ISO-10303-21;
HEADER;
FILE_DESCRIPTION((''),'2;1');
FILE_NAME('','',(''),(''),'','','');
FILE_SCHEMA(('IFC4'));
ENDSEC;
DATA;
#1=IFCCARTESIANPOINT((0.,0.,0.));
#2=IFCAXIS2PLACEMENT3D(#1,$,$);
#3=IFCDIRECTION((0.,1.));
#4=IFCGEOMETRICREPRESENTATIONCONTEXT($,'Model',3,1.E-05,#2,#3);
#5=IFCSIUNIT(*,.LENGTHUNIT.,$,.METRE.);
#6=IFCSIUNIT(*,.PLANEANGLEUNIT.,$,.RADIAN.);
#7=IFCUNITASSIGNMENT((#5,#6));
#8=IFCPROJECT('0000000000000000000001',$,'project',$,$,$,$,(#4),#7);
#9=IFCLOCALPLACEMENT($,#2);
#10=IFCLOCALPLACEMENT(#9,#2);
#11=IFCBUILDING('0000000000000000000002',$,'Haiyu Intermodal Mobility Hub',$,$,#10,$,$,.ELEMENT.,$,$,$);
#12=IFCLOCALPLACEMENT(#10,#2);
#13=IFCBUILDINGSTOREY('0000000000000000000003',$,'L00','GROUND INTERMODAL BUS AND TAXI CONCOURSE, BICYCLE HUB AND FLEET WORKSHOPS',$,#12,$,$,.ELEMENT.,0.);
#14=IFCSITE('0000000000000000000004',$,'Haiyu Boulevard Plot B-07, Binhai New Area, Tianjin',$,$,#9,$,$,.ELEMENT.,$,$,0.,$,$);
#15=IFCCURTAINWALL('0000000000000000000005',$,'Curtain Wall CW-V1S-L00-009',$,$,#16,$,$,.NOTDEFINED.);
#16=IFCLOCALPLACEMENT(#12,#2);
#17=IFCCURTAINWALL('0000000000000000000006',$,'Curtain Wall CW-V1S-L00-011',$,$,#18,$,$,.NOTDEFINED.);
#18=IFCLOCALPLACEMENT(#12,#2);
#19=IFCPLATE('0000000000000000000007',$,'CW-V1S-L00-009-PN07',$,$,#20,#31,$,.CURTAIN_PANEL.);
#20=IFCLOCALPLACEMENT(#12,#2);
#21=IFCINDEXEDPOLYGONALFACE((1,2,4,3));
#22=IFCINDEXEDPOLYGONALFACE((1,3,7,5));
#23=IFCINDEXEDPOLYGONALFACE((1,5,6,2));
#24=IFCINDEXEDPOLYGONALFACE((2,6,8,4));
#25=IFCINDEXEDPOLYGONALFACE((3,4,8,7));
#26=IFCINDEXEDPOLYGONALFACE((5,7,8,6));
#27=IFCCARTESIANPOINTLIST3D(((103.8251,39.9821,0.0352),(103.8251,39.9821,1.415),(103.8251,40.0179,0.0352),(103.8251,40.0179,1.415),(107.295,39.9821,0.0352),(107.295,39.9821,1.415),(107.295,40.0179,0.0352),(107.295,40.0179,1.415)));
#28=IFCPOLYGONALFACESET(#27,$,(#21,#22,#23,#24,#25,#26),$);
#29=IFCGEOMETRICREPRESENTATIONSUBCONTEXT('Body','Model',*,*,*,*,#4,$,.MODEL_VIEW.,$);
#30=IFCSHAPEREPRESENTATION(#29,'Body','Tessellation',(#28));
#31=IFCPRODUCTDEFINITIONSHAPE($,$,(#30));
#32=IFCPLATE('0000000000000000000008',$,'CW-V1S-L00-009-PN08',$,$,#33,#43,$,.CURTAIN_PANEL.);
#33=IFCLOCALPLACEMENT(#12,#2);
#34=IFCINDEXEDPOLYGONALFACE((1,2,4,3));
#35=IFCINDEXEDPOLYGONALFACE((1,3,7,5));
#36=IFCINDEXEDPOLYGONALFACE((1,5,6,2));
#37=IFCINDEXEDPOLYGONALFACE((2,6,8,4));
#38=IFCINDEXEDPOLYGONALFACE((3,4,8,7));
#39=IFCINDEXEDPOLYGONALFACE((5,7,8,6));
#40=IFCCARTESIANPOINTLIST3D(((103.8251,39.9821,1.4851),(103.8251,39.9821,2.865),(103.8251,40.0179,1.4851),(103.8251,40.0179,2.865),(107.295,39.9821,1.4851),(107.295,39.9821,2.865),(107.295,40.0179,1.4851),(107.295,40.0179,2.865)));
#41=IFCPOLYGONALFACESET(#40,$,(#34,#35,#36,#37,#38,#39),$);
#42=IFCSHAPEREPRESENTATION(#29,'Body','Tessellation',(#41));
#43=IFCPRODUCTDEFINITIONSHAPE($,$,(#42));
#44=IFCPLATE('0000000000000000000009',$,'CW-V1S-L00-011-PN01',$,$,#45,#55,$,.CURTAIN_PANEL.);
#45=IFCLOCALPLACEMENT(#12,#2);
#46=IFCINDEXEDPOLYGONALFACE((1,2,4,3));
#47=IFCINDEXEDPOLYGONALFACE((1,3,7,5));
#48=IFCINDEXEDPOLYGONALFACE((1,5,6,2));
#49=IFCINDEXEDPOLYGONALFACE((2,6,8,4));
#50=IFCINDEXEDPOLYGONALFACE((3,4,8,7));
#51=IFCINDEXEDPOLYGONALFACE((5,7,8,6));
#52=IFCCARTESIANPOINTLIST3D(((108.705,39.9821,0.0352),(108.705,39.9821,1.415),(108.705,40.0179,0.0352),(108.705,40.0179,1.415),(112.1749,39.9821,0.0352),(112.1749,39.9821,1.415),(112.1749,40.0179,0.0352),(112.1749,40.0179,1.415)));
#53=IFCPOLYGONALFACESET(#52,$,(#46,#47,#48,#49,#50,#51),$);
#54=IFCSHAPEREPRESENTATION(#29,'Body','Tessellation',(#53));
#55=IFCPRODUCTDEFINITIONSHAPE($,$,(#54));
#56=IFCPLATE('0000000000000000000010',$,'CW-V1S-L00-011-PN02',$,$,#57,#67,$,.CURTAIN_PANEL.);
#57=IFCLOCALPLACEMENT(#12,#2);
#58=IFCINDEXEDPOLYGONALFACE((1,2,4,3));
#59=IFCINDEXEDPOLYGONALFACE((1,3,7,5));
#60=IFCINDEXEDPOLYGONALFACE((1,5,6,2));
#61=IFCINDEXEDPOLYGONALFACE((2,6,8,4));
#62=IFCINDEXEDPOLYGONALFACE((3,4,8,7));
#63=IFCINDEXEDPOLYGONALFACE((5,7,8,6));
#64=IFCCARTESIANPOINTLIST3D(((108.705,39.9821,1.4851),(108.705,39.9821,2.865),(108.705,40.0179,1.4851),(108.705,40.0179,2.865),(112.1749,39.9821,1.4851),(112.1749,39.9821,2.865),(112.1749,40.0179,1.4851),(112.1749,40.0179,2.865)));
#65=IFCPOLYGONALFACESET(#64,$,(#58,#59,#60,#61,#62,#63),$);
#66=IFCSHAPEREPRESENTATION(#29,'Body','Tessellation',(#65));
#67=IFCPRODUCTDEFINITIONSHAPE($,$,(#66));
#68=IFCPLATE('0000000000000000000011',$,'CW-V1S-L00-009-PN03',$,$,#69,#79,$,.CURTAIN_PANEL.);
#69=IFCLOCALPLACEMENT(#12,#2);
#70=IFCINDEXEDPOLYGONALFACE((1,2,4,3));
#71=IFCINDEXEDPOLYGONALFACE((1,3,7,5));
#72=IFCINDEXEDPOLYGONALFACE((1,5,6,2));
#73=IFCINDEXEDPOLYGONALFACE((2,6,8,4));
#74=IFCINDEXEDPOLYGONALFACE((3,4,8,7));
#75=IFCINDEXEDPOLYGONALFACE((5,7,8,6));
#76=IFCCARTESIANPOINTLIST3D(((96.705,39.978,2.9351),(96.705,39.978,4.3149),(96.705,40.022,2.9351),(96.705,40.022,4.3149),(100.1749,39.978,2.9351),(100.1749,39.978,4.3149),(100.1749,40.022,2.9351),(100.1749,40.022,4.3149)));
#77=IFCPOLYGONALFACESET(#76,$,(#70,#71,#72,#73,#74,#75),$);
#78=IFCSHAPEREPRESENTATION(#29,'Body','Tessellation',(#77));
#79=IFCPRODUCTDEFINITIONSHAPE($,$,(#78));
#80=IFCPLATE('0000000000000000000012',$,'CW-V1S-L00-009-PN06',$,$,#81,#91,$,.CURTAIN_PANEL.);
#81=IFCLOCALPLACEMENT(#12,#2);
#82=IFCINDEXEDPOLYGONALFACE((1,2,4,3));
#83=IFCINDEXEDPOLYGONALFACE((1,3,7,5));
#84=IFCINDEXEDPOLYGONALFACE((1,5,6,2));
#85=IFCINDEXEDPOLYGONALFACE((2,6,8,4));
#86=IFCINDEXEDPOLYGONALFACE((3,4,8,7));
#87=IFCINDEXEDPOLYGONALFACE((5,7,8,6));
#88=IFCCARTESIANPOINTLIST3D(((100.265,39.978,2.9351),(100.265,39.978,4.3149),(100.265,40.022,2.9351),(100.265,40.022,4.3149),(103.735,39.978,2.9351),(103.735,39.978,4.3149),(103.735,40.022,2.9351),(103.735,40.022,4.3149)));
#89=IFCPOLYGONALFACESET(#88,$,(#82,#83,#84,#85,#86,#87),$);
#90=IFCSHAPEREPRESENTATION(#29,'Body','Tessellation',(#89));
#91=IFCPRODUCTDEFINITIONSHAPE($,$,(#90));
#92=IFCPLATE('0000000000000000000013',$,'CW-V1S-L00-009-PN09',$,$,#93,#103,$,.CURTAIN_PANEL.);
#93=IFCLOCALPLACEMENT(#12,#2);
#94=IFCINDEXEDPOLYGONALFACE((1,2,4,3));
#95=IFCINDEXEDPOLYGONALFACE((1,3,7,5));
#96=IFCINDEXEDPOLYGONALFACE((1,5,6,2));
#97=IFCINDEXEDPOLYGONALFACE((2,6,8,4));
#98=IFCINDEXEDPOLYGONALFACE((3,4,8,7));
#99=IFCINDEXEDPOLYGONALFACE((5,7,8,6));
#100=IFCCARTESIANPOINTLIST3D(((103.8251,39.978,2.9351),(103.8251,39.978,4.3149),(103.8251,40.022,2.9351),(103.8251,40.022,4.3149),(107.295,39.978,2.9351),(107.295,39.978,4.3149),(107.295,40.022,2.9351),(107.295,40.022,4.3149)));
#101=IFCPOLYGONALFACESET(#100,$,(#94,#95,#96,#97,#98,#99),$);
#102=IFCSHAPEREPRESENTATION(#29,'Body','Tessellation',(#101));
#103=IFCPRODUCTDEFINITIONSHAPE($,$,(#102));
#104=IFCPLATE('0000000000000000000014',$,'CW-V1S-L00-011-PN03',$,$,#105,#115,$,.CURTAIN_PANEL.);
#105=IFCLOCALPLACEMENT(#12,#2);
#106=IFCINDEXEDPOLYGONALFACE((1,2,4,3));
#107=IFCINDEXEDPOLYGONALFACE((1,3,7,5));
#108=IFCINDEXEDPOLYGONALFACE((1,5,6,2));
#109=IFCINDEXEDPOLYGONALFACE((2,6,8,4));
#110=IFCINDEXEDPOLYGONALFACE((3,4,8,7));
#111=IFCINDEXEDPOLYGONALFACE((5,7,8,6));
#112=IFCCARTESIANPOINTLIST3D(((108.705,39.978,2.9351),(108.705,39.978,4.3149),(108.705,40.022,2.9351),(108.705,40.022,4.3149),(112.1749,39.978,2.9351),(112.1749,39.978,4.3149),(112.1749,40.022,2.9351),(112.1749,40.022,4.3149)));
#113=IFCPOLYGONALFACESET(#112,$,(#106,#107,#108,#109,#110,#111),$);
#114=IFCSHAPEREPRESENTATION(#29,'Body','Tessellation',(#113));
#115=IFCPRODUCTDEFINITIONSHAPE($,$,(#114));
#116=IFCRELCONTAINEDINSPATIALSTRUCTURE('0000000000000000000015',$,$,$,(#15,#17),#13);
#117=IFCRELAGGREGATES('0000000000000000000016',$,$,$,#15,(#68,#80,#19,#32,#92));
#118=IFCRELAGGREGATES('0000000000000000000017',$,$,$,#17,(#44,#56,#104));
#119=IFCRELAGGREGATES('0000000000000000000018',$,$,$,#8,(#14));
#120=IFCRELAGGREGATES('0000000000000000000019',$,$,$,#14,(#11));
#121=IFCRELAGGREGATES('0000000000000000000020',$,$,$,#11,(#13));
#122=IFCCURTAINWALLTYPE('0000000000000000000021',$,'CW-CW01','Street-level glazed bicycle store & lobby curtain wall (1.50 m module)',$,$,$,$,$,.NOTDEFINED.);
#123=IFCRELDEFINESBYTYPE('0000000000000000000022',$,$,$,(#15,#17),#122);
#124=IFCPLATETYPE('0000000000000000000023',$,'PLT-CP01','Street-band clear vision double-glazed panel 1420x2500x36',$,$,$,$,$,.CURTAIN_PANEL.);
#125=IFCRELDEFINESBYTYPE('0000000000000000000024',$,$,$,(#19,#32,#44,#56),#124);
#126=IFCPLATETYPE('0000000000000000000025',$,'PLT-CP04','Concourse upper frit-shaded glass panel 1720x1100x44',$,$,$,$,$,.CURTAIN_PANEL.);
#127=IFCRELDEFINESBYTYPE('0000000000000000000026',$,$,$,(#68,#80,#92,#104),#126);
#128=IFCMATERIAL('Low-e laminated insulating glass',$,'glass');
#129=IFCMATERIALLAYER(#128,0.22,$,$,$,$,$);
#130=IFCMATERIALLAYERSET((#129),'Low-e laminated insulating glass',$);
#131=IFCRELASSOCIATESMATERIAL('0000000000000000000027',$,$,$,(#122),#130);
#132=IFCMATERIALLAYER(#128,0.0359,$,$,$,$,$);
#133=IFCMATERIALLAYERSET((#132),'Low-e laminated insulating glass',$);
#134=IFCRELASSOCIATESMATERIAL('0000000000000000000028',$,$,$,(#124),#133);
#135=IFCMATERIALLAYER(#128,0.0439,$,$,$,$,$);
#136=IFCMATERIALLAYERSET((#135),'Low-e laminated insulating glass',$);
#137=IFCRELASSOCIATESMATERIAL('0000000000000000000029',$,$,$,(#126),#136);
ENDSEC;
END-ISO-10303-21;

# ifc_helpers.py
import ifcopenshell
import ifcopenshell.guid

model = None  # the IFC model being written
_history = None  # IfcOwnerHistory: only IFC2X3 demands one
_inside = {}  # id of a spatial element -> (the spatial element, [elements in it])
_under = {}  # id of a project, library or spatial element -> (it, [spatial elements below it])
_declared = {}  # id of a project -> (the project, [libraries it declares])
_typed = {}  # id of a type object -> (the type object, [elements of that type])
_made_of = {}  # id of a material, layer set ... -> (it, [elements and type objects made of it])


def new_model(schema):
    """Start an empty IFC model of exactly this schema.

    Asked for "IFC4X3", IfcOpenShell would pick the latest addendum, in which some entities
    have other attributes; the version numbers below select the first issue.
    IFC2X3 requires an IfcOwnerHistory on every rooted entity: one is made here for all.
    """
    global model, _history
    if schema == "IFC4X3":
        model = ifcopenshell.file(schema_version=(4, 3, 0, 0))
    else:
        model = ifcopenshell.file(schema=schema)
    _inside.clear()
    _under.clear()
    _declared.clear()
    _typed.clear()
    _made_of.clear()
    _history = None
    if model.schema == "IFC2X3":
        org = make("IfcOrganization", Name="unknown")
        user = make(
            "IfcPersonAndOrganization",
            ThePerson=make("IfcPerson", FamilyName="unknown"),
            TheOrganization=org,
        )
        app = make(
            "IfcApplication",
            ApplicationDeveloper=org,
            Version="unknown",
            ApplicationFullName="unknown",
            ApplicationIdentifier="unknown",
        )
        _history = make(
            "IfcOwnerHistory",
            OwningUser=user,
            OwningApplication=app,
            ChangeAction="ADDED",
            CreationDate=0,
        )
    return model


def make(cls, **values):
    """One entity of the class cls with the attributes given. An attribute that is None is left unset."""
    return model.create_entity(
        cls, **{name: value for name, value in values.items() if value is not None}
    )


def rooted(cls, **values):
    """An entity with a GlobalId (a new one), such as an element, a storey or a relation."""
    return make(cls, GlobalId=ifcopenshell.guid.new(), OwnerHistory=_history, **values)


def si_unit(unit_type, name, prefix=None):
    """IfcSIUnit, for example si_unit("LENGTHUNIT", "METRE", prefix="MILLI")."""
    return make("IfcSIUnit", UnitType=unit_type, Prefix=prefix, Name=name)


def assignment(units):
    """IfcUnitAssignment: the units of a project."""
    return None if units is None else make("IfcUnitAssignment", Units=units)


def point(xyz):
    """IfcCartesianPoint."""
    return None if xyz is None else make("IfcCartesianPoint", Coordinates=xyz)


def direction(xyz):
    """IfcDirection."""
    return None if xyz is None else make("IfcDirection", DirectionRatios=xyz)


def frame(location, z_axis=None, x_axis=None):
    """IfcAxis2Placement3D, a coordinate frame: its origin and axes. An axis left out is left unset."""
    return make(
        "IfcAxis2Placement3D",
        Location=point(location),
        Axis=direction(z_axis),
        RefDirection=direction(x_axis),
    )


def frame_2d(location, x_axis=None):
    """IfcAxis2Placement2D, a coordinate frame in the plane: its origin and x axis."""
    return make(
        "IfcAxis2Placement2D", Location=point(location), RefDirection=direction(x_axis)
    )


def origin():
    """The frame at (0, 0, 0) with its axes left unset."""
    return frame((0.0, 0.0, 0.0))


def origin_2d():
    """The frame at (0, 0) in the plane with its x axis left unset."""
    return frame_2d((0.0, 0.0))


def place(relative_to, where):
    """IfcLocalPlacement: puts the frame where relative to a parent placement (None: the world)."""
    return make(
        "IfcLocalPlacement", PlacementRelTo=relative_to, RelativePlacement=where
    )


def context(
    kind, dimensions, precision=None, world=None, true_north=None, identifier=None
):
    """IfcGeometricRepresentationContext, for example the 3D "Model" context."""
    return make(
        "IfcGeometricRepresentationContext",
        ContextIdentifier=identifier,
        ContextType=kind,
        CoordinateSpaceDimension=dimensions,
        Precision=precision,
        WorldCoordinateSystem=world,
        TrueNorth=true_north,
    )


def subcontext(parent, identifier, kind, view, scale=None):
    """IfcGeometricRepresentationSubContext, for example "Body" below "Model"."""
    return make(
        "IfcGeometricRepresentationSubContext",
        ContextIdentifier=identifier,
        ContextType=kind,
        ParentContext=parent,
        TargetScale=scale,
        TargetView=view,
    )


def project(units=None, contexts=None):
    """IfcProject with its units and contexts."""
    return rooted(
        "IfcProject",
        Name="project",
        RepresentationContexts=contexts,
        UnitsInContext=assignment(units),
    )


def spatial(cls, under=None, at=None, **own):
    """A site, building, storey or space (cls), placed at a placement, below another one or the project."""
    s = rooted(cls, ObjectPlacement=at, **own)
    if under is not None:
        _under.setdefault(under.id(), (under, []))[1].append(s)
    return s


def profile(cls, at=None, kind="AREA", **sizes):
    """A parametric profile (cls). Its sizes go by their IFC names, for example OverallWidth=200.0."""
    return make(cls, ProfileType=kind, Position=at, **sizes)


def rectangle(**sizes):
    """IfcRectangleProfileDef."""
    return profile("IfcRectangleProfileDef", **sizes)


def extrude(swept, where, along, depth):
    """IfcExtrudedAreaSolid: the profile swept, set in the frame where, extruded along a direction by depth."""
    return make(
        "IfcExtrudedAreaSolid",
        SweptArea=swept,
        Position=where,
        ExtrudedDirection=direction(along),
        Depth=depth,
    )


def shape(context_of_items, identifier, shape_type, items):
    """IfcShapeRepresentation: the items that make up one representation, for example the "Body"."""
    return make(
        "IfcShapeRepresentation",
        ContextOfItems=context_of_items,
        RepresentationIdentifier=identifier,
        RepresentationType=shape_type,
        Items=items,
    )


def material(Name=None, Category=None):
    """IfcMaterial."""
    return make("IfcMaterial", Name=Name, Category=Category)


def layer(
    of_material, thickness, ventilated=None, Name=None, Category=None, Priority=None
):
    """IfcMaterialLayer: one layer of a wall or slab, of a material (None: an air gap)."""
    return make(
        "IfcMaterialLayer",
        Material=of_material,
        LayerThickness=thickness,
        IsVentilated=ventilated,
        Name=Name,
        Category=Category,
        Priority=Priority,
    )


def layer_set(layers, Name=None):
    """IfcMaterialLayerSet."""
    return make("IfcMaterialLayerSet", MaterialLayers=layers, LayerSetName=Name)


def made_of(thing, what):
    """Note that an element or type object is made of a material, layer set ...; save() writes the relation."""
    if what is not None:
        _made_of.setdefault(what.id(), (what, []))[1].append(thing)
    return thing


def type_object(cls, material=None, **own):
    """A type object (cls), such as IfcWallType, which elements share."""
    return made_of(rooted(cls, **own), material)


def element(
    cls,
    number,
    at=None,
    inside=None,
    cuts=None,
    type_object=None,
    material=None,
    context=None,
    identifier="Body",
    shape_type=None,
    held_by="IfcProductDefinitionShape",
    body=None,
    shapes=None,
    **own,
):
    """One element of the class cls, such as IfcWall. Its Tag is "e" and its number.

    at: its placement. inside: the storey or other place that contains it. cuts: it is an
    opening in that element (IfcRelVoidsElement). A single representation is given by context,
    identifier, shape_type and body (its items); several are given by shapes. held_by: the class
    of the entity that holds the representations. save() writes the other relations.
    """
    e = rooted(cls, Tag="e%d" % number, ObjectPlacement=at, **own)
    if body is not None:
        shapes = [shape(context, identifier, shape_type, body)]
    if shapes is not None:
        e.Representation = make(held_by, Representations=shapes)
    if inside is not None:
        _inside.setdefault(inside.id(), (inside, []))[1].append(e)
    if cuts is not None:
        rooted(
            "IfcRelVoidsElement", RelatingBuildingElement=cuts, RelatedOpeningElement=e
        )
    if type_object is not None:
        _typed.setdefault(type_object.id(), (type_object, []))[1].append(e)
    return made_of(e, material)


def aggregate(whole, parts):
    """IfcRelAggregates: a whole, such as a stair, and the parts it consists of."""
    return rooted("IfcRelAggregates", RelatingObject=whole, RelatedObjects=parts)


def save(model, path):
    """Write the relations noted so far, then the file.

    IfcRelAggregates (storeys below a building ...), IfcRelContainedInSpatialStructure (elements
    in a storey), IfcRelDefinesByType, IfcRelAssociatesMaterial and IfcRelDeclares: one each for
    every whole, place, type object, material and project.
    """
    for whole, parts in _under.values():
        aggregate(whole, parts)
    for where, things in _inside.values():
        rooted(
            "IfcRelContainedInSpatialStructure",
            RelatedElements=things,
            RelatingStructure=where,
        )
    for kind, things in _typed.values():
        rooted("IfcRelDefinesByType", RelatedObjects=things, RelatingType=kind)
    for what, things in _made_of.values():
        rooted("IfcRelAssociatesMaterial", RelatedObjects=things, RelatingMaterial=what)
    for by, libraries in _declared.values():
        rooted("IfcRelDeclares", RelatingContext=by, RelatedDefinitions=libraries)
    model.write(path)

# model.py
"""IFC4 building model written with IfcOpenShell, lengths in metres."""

from ifc_helpers import new_model, si_unit, direction, frame, origin, origin_2d, place, context, subcontext, project, spatial, rectangle, extrude, material, layer, layer_set, type_object, element, aggregate, save


model = new_model("IFC4")

# Units and contexts
model_context = context("Model", 3, precision=1e-05, world=origin(), true_north=direction((0.0, 1.0)))
body_context = subcontext(model_context, "Body", "Model", "MODEL_VIEW")
ifc_project = project(units=[si_unit("LENGTHUNIT", "METRE"), si_unit("PLANEANGLEUNIT", "RADIAN")], contexts=[model_context])

# Site, building, storey
site_placement = place(None, origin())
site = spatial("IfcSite", under=ifc_project, at=site_placement, Name="Haiyu Boulevard Plot B-07, Binhai New Area, Tianjin", CompositionType="ELEMENT", RefElevation=0.0)
building_placement = place(site_placement, origin())
building = spatial("IfcBuilding", under=site, at=building_placement, Name="Haiyu Intermodal Mobility Hub", CompositionType="ELEMENT")
storey_placement = place(building_placement, origin())
storey = spatial("IfcBuildingStorey", under=building, at=storey_placement, Name="L00", Description="GROUND INTERMODAL BUS AND TAXI CONCOURSE, BICYCLE HUB AND FLEET WORKSHOPS", CompositionType="ELEMENT", Elevation=0.0)

# Curtain walls
ifc_material_1 = material(Name="Low-e laminated insulating glass", Category="glass")
ifc_layer_1 = layer(ifc_material_1, 0.22)
ifc_layer_set_1 = layer_set([ifc_layer_1], Name="Low-e laminated insulating glass")
curtain_wall_type = type_object("IfcCurtainWallType", Name="CW-CW01", Description="Street-level glazed bicycle store & lobby curtain wall (1.50 m module)", PredefinedType="NOTDEFINED", material=ifc_layer_set_1)
curtain_wall_1_placement = place(storey_placement, origin())
curtain_wall_1 = element("IfcCurtainWall", 1, at=curtain_wall_1_placement, inside=storey, type_object=curtain_wall_type, Name="Curtain Wall CW-V1S-L00-009", PredefinedType="NOTDEFINED")
curtain_wall_2_placement = place(storey_placement, origin())
curtain_wall_2 = element("IfcCurtainWall", 2, at=curtain_wall_2_placement, inside=storey, type_object=curtain_wall_type, Name="Curtain Wall CW-V1S-L00-011", PredefinedType="NOTDEFINED")

# Plates
ifc_layer_2 = layer(ifc_material_1, 0.0359)
ifc_layer_set_2 = layer_set([ifc_layer_2], Name="Low-e laminated insulating glass")
plate_type_1 = type_object("IfcPlateType", Name="PLT-CP01", Description="Street-band clear vision double-glazed panel 1420x2500x36", PredefinedType="CURTAIN_PANEL", material=ifc_layer_set_2)
plate_1_placement = place(storey_placement, frame((105.5601, 40.0, 0.0352), z_axis=(0.0, 0.0, 1.0), x_axis=(1.0, 0.0, 0.0)))
plate_1 = element("IfcPlate", 3, at=plate_1_placement, type_object=plate_type_1, Name="CW-V1S-L00-009-PN07", PredefinedType="CURTAIN_PANEL", context=body_context, shape_type="SweptSolid", body=[
    extrude(rectangle(XDim=3.47, YDim=0.0359, at=origin_2d()), origin(), (0.0, 0.0, 1.0), 1.3799),
])
plate_2_placement = place(storey_placement, frame((105.5601, 40.0, 1.4851), z_axis=(0.0, 0.0, 1.0), x_axis=(1.0, 0.0, 0.0)))
plate_2 = element("IfcPlate", 4, at=plate_2_placement, type_object=plate_type_1, Name="CW-V1S-L00-009-PN08", PredefinedType="CURTAIN_PANEL", context=body_context, shape_type="SweptSolid", body=[
    extrude(rectangle(XDim=3.47, YDim=0.0359, at=origin_2d()), origin(), (0.0, 0.0, 1.0), 1.3799),
])
plate_3_placement = place(storey_placement, frame((110.4399, 40.0, 0.0352), z_axis=(0.0, 0.0, 1.0), x_axis=(1.0, 0.0, 0.0)))
plate_3 = element("IfcPlate", 5, at=plate_3_placement, type_object=plate_type_1, Name="CW-V1S-L00-011-PN01", PredefinedType="CURTAIN_PANEL", context=body_context, shape_type="SweptSolid", body=[
    extrude(rectangle(XDim=3.47, YDim=0.0359, at=origin_2d()), origin(), (0.0, 0.0, 1.0), 1.3799),
])
plate_4_placement = place(storey_placement, frame((110.4399, 40.0, 1.4851), z_axis=(0.0, 0.0, 1.0), x_axis=(1.0, 0.0, 0.0)))
plate_4 = element("IfcPlate", 6, at=plate_4_placement, type_object=plate_type_1, Name="CW-V1S-L00-011-PN02", PredefinedType="CURTAIN_PANEL", context=body_context, shape_type="SweptSolid", body=[
    extrude(rectangle(XDim=3.47, YDim=0.0359, at=origin_2d()), origin(), (0.0, 0.0, 1.0), 1.3799),
])
ifc_layer_3 = layer(ifc_material_1, 0.0439)
ifc_layer_set_3 = layer_set([ifc_layer_3], Name="Low-e laminated insulating glass")
plate_type_2 = type_object("IfcPlateType", Name="PLT-CP04", Description="Concourse upper frit-shaded glass panel 1720x1100x44", PredefinedType="CURTAIN_PANEL", material=ifc_layer_set_3)
plate_5_placement = place(storey_placement, frame((98.4399, 40.0, 2.9351), z_axis=(0.0, 0.0, 1.0), x_axis=(1.0, 0.0, 0.0)))
plate_5 = element("IfcPlate", 7, at=plate_5_placement, type_object=plate_type_2, Name="CW-V1S-L00-009-PN03", PredefinedType="CURTAIN_PANEL", context=body_context, shape_type="SweptSolid", body=[
    extrude(rectangle(XDim=3.47, YDim=0.0439, at=origin_2d()), origin(), (0.0, 0.0, 1.0), 1.3799),
])
plate_6_placement = place(storey_placement, frame((102.0, 40.0, 2.9351), z_axis=(0.0, 0.0, 1.0), x_axis=(1.0, 0.0, 0.0)))
plate_6 = element("IfcPlate", 8, at=plate_6_placement, type_object=plate_type_2, Name="CW-V1S-L00-009-PN06", PredefinedType="CURTAIN_PANEL", context=body_context, shape_type="SweptSolid", body=[
    extrude(rectangle(XDim=3.47, YDim=0.0439, at=origin_2d()), origin(), (0.0, 0.0, 1.0), 1.3799),
])
plate_7_placement = place(storey_placement, frame((105.5601, 40.0, 2.9351), z_axis=(0.0, 0.0, 1.0), x_axis=(1.0, 0.0, 0.0)))
plate_7 = element("IfcPlate", 9, at=plate_7_placement, type_object=plate_type_2, Name="CW-V1S-L00-009-PN09", PredefinedType="CURTAIN_PANEL", context=body_context, shape_type="SweptSolid", body=[
    extrude(rectangle(XDim=3.47, YDim=0.0439, at=origin_2d()), origin(), (0.0, 0.0, 1.0), 1.3799),
])
aggregate(curtain_wall_1, [plate_5, plate_6, plate_1, plate_2, plate_7])
plate_8_placement = place(storey_placement, frame((110.4399, 40.0, 2.9351), z_axis=(0.0, 0.0, 1.0), x_axis=(1.0, 0.0, 0.0)))
plate_8 = element("IfcPlate", 10, at=plate_8_placement, type_object=plate_type_2, Name="CW-V1S-L00-011-PN03", PredefinedType="CURTAIN_PANEL", context=body_context, shape_type="SweptSolid", body=[
    extrude(rectangle(XDim=3.47, YDim=0.0439, at=origin_2d()), origin(), (0.0, 0.0, 1.0), 1.3799),
])
aggregate(curtain_wall_2, [plate_3, plate_4, plate_8])

save(model, "model.ifc")
